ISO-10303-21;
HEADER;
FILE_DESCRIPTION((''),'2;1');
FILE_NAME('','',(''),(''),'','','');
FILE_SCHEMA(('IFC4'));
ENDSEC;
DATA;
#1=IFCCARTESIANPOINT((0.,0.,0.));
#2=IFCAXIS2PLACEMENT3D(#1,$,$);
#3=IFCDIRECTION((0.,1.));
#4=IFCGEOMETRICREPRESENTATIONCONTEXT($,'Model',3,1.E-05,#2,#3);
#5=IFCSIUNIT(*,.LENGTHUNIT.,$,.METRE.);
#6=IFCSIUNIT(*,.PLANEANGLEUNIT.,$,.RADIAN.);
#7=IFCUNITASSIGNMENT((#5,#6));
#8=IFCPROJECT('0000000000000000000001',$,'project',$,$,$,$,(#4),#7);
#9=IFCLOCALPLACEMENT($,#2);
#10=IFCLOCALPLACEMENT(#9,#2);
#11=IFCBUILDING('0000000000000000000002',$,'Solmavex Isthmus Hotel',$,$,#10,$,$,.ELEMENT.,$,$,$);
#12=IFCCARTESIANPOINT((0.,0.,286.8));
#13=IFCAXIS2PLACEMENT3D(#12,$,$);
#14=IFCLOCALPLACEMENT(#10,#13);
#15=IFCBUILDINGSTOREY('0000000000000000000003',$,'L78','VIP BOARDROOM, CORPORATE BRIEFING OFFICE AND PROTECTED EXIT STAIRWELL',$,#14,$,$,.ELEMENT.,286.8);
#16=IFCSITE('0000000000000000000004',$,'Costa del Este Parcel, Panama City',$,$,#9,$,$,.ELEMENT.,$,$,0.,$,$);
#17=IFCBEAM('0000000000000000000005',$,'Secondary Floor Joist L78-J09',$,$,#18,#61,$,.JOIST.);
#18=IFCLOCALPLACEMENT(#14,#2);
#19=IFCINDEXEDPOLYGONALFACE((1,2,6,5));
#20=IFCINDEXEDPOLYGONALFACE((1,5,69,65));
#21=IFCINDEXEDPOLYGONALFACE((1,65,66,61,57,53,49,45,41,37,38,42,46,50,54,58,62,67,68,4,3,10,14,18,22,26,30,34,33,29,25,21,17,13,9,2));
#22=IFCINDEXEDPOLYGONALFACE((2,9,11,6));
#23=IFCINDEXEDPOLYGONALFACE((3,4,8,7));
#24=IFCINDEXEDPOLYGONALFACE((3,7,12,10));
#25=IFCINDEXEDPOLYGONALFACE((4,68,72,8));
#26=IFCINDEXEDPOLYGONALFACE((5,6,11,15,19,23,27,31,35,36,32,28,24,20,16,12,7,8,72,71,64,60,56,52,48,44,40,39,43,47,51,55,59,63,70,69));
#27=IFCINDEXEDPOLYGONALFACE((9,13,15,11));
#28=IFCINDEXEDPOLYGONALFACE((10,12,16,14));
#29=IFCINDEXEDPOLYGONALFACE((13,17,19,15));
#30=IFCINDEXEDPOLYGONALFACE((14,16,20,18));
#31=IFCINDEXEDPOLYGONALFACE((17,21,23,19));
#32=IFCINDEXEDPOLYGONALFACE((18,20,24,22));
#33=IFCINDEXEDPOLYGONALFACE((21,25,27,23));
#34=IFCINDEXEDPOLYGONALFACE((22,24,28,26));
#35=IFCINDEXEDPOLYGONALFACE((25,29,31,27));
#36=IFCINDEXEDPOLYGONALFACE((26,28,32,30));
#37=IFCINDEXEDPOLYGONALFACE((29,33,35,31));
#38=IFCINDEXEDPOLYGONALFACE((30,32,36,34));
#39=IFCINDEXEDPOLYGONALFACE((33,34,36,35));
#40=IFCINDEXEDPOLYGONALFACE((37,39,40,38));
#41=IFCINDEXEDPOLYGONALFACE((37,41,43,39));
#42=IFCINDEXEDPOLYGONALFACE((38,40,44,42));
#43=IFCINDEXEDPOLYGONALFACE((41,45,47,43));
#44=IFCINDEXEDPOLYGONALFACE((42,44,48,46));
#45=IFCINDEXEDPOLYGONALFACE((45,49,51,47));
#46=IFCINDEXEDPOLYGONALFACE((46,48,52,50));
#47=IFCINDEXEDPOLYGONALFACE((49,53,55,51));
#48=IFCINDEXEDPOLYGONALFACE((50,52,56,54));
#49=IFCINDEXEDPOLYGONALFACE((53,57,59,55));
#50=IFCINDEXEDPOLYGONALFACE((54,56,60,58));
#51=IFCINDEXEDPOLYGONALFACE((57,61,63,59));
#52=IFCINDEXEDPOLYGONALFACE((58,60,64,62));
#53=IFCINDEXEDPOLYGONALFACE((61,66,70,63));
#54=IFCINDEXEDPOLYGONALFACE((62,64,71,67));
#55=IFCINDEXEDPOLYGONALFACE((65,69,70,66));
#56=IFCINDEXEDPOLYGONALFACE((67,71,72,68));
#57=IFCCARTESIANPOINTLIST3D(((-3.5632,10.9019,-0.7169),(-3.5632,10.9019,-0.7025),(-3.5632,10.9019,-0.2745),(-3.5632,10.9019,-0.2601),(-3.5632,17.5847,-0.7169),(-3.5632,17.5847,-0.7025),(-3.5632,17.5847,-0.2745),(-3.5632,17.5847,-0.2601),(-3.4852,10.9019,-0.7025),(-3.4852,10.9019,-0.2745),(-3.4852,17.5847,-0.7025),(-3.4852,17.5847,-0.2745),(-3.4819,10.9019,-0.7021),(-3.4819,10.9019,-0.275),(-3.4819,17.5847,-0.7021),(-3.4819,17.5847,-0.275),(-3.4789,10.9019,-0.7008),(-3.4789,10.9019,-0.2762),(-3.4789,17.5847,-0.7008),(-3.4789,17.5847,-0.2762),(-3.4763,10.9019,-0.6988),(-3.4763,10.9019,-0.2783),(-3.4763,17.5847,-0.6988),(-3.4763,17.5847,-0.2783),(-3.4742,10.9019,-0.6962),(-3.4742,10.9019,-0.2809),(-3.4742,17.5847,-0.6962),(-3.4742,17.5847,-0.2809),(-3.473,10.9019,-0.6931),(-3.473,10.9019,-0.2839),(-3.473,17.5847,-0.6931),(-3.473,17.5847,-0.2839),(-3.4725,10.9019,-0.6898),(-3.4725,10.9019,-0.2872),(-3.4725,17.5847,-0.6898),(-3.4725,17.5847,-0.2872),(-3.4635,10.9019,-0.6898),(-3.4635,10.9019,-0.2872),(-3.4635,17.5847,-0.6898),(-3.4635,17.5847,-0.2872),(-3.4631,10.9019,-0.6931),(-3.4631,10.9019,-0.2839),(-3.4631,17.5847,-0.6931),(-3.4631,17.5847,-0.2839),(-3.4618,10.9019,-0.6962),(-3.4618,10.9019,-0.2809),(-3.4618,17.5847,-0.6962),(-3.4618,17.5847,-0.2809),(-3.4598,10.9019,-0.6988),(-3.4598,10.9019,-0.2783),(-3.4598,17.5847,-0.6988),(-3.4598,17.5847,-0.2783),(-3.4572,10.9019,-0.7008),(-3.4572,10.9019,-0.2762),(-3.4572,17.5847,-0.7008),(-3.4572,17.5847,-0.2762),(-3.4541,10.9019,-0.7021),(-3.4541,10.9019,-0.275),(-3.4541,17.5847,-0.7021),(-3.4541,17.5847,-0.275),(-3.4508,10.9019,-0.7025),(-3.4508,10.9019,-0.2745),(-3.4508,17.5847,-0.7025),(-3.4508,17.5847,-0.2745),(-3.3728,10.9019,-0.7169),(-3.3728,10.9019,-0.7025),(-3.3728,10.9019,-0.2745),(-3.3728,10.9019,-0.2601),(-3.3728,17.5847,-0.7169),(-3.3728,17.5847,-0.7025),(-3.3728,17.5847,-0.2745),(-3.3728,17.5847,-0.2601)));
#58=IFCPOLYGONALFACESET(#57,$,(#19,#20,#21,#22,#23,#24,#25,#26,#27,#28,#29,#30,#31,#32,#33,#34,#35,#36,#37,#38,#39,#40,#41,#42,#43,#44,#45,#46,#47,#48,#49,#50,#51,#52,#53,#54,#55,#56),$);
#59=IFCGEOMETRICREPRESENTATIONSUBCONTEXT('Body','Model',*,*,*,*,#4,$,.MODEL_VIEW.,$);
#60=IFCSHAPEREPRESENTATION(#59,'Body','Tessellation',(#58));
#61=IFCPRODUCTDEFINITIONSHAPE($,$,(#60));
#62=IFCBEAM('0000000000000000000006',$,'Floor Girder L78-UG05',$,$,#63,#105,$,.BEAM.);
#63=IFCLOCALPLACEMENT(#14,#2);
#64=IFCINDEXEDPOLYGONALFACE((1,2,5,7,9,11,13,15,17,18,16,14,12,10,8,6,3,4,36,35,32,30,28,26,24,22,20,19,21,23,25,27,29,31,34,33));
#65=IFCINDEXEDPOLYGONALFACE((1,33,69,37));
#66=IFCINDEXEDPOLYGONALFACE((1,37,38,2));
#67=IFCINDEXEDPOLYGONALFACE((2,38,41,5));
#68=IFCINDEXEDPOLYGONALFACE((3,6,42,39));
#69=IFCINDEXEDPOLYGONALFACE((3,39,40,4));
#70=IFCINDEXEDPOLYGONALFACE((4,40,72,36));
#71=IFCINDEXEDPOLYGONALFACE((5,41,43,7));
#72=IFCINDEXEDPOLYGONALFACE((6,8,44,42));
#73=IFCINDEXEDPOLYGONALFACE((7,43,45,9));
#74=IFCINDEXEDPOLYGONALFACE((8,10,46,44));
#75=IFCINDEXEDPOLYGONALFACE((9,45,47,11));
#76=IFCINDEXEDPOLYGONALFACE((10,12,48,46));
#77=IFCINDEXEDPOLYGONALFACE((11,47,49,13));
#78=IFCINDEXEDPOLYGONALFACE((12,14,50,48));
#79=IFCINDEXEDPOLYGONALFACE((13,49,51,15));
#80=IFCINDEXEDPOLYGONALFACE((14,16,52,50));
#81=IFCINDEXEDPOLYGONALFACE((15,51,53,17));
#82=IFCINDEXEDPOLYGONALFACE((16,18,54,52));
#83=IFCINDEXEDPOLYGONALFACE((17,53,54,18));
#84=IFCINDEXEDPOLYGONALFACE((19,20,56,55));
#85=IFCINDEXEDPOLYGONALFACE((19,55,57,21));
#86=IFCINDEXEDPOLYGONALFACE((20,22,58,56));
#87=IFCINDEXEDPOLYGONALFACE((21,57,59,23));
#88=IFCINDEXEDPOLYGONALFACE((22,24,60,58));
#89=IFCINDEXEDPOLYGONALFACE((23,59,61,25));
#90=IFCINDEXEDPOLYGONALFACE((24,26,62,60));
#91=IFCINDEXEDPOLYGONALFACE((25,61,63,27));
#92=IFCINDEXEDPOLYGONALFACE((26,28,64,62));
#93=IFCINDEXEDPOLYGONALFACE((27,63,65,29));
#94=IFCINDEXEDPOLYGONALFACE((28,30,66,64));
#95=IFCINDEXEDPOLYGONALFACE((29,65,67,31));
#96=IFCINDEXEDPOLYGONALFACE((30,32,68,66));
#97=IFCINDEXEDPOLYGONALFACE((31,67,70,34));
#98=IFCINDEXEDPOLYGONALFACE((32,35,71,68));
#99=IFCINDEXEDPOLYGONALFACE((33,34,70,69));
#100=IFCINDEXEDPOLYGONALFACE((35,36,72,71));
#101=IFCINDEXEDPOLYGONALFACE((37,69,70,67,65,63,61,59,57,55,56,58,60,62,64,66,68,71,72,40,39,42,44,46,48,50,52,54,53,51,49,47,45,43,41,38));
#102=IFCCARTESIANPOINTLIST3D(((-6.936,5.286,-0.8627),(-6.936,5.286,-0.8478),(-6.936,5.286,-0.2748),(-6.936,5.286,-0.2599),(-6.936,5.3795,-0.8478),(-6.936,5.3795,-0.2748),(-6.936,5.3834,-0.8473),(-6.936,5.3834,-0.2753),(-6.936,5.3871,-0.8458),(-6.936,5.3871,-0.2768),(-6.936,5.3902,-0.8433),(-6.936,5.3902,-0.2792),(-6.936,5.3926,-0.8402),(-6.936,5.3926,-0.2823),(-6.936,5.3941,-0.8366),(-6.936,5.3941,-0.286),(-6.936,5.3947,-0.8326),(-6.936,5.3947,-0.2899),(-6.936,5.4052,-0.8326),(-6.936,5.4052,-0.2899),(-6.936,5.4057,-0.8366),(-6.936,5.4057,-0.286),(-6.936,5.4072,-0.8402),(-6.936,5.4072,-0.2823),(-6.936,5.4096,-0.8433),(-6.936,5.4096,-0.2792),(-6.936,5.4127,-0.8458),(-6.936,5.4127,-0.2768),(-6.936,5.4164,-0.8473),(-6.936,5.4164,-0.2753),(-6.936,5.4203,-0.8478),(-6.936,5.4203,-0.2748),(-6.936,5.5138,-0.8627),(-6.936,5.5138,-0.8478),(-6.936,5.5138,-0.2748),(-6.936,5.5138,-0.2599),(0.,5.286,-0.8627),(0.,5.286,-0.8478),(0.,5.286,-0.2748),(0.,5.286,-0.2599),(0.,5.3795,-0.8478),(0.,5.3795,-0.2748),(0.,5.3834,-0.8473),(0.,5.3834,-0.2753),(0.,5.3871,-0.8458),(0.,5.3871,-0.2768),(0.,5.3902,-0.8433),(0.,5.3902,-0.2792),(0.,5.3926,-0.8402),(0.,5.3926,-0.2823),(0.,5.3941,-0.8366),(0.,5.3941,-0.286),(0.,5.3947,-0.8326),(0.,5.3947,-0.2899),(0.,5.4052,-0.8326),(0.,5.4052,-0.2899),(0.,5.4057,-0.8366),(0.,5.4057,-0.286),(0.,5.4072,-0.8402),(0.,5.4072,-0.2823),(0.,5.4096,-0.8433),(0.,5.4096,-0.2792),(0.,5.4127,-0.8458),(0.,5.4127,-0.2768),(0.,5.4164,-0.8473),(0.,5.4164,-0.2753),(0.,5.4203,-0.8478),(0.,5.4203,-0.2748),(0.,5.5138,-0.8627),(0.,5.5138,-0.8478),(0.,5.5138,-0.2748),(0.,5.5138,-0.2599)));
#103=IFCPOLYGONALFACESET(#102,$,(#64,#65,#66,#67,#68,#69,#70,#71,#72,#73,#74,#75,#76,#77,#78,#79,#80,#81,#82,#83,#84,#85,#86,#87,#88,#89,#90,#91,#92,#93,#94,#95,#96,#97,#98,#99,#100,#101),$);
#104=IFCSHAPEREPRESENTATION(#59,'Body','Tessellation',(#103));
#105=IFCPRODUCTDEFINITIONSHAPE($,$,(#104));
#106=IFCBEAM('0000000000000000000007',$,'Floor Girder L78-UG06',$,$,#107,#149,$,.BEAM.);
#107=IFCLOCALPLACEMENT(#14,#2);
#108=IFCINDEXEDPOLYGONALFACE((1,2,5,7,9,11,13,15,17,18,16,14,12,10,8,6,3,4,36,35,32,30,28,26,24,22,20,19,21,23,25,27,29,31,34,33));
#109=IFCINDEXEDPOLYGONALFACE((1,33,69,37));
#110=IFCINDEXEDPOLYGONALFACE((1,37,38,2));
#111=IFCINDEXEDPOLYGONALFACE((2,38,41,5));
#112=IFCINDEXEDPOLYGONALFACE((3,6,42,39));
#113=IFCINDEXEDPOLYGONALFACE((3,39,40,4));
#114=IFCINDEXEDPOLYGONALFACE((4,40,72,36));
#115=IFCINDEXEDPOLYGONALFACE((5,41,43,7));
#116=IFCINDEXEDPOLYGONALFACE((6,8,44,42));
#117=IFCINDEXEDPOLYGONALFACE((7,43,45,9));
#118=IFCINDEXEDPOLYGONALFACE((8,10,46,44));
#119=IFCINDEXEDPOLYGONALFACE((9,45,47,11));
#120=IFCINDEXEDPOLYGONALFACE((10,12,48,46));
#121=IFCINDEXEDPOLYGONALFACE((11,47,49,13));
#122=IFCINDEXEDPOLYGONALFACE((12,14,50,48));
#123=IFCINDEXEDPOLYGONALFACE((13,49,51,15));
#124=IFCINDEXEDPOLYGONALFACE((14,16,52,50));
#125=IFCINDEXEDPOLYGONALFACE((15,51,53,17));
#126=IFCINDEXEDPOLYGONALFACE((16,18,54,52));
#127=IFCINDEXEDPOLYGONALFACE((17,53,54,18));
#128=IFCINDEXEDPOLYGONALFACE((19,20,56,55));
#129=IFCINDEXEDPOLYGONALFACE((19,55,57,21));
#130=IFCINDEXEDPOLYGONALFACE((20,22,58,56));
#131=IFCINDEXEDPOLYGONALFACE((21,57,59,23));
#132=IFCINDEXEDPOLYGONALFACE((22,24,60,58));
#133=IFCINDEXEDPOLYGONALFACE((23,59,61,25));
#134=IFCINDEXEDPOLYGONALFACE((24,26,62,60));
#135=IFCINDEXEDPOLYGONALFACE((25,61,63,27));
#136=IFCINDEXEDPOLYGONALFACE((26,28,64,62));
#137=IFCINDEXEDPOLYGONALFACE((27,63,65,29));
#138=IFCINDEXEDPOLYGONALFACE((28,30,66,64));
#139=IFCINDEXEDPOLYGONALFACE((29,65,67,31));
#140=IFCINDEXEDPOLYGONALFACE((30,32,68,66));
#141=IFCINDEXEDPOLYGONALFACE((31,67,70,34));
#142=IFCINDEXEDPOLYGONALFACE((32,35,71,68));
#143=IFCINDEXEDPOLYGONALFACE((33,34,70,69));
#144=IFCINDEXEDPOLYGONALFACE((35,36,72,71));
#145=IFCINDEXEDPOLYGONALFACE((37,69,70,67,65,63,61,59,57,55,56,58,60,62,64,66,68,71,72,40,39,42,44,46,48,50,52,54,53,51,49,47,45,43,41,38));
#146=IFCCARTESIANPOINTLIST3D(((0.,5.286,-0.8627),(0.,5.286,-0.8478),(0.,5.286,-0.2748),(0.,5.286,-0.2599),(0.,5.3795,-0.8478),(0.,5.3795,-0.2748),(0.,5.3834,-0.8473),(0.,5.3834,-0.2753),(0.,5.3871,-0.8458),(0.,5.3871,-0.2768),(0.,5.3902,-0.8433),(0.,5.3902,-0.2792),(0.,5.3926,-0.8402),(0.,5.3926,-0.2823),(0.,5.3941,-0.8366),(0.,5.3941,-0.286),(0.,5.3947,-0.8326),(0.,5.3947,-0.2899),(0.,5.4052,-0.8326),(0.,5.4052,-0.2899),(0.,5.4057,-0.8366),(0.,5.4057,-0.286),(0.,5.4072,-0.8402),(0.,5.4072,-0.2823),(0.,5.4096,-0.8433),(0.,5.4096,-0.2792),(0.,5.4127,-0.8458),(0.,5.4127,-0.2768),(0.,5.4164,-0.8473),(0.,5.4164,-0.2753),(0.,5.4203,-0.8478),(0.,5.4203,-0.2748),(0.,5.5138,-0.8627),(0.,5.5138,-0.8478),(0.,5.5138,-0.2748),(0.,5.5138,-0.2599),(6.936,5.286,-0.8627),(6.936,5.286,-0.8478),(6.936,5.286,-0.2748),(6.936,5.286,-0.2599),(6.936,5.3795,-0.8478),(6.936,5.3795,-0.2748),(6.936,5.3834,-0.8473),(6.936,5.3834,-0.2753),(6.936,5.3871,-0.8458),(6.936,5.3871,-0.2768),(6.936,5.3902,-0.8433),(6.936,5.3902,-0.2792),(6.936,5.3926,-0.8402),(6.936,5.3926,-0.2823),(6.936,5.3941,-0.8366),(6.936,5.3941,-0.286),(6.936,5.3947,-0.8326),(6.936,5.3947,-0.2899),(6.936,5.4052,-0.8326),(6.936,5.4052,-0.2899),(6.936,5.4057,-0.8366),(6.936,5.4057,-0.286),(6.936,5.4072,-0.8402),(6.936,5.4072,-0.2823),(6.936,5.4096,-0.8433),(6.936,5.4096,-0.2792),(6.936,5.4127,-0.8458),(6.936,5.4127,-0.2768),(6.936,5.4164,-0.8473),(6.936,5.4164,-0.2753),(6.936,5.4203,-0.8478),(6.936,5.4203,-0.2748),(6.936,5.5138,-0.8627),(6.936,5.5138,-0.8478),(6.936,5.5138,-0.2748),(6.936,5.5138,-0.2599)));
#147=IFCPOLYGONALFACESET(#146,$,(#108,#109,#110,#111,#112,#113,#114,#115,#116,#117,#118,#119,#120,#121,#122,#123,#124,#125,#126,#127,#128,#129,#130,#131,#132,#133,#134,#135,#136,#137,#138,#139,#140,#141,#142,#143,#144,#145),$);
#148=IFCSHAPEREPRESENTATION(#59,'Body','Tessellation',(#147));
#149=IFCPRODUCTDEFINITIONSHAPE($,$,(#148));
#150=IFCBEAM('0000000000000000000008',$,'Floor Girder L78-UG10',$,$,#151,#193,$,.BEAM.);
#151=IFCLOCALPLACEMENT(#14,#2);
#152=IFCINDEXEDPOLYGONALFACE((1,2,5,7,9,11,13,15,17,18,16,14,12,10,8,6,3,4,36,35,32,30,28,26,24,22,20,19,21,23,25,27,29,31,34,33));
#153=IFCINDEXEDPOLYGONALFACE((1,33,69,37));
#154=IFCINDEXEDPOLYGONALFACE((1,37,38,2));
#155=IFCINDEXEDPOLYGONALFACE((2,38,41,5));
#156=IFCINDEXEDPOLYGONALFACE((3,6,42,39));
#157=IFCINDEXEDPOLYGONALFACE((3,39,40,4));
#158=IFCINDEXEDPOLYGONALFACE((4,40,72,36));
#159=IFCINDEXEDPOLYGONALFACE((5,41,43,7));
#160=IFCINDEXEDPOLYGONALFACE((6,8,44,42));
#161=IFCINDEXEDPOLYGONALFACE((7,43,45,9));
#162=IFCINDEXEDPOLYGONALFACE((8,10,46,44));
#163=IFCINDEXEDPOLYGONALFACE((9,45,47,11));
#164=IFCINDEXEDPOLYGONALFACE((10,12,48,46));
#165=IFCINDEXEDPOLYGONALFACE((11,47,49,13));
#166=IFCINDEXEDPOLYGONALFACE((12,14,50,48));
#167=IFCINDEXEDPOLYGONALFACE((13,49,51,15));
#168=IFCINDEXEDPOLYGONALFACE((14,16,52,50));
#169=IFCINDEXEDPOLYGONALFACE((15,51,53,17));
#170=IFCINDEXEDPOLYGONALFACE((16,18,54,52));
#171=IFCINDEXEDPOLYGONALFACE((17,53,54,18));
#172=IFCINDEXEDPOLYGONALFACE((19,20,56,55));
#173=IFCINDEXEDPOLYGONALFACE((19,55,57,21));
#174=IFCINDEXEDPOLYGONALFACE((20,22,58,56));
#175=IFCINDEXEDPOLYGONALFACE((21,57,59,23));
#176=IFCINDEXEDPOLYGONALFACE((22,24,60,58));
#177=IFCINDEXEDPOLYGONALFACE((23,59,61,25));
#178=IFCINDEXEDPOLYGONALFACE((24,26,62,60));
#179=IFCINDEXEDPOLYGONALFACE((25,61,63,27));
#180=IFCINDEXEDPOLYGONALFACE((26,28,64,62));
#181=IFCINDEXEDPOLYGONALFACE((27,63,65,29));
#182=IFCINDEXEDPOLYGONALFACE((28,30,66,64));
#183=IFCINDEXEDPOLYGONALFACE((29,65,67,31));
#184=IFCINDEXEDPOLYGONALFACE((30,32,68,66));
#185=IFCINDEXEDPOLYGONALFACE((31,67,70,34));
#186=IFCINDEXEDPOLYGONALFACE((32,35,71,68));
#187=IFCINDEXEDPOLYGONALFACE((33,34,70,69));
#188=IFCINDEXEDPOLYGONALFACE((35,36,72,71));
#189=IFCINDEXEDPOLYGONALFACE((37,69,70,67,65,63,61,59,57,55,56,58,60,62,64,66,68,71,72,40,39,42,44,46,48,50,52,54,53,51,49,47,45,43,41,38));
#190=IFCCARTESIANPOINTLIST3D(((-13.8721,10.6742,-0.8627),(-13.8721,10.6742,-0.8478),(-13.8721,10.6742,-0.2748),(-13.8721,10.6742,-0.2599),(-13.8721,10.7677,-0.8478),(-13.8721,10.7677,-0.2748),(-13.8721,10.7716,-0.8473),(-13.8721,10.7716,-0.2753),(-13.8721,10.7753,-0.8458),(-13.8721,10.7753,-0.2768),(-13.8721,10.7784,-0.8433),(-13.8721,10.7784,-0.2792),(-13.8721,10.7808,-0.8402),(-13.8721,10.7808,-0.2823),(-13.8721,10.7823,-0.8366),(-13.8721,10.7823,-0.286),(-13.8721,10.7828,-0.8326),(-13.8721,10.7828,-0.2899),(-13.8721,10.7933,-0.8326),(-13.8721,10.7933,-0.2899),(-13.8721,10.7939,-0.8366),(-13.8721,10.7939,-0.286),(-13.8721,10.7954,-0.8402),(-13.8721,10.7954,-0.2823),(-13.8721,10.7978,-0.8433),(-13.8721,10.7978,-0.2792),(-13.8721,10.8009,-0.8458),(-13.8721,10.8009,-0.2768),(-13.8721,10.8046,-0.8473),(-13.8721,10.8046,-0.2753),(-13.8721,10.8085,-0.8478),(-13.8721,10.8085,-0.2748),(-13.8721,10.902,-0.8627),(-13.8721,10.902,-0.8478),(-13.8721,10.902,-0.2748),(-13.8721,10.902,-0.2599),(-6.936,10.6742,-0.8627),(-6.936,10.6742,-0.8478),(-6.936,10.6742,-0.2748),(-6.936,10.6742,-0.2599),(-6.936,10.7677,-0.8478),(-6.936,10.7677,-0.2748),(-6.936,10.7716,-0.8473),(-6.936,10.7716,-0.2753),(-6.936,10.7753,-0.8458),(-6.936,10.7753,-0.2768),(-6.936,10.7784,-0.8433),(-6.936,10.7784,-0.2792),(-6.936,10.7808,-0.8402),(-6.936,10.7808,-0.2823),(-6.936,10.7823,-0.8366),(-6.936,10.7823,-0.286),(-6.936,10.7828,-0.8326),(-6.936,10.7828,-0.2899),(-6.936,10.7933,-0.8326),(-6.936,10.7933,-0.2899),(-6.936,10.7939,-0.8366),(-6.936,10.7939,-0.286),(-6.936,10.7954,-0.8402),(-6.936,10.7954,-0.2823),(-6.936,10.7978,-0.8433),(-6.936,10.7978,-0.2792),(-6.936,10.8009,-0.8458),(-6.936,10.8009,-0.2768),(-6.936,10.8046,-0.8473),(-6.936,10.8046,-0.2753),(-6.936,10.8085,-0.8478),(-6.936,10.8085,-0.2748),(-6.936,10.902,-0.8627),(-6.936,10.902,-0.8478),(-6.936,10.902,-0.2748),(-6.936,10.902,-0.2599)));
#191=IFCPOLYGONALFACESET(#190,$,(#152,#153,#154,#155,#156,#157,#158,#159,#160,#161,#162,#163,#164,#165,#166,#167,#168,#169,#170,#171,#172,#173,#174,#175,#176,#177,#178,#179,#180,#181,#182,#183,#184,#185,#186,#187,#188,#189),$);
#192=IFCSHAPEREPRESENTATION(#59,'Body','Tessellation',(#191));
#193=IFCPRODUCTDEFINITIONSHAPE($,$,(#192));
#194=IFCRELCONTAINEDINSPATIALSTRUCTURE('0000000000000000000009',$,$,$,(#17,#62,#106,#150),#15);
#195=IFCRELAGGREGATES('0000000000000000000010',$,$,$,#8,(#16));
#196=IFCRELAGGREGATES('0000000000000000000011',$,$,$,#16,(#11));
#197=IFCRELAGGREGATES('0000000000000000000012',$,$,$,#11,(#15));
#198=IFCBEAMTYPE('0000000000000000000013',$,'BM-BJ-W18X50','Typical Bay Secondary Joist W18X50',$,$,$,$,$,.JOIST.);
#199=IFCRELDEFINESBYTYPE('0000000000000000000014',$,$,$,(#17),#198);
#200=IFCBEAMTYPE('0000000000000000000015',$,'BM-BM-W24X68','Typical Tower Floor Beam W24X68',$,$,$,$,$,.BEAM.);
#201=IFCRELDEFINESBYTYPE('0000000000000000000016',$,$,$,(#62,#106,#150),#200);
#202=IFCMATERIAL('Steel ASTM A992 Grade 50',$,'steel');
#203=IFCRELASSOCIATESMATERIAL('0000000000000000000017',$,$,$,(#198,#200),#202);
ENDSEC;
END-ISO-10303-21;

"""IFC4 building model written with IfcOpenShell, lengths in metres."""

from ifc_helpers import new_model, si_unit, direction, frame, origin, origin_2d, place, context, subcontext, project, spatial, i_section, extrude, material, material_profile, profile_set, type_object, element, save


model = new_model("IFC4")

# Units and contexts
model_context = context("Model", 3, precision=1e-05, world=origin(), true_north=direction((0.0, 1.0)))
body_context = subcontext(model_context, "Body", "Model", "MODEL_VIEW")
ifc_project = project(units=[si_unit("LENGTHUNIT", "METRE"), si_unit("PLANEANGLEUNIT", "RADIAN")], contexts=[model_context])

# Site, building, storey
site_placement = place(None, origin())
site = spatial("IfcSite", under=ifc_project, at=site_placement, Name="Costa del Este Parcel, Panama City", CompositionType="ELEMENT", RefElevation=0.0)
building_placement = place(site_placement, origin())
building = spatial("IfcBuilding", under=site, at=building_placement, Name="Solmavex Isthmus Hotel", CompositionType="ELEMENT")
storey_placement = place(building_placement, frame((0.0, 0.0, 286.8)))
storey = spatial("IfcBuildingStorey", under=building, at=storey_placement, Name="L78", Description="VIP BOARDROOM, CORPORATE BRIEFING OFFICE AND PROTECTED EXIT STAIRWELL", CompositionType="ELEMENT", Elevation=286.8)

# Beams
ifc_material_1 = material(Name="Steel ASTM A992 Grade 50", Category="steel")
ifc_material_profile_1 = material_profile(ifc_material_1, i_section(OverallWidth=0.1904, OverallDepth=0.4568, WebThickness=0.009, FlangeThickness=0.0144, FilletRadius=0.0127, at=origin_2d()), Name="W18X50")
ifc_profile_set_1 = profile_set([ifc_material_profile_1], Name="Steel ASTM A992 Grade 50")
beam_type_1 = type_object("IfcBeamType", Name="BM-BJ-W18X50", Description="Typical Bay Secondary Joist W18X50", PredefinedType="JOIST", material=ifc_profile_set_1)
beam_1_placement = place(storey_placement, frame((-3.468, 10.9019, -0.4885), z_axis=(0.0, 1.0, 0.0), x_axis=(-1.0, 0.0, 0.0)))
element("IfcBeam", 1, at=beam_1_placement, inside=storey, type_object=beam_type_1, Name="Secondary Floor Joist L78-J09", PredefinedType="JOIST", context=body_context, shape_type="SweptSolid", body=[
    extrude(i_section(OverallWidth=0.1904, OverallDepth=0.4568, WebThickness=0.009, FlangeThickness=0.0144, FilletRadius=0.0127, at=origin_2d()), origin(), (0.0, 0.0, 1.0), 6.6829),
])
ifc_material_profile_2 = material_profile(ifc_material_1, i_section(OverallWidth=0.2278, OverallDepth=0.6028, WebThickness=0.0105, FlangeThickness=0.0149, FilletRadius=0.0151, at=origin_2d()), Name="W24X68")
ifc_profile_set_2 = profile_set([ifc_material_profile_2], Name="Steel ASTM A992 Grade 50")
beam_type_2 = type_object("IfcBeamType", Name="BM-BM-W24X68", Description="Typical Tower Floor Beam W24X68", PredefinedType="BEAM", material=ifc_profile_set_2)
for number, where, z_axis, x_axis, name in (
    (2, (-6.936, 5.3999, -0.5613), (1.0, 0.0, 0.0), (0.0, 1.0, 0.0), "Floor Girder L78-UG05"),
    (3, (0.0, 5.3999, -0.5613), (1.0, 0.0, 0.0), (0.0, 1.0, 0.0), "Floor Girder L78-UG06"),
    (4, (-13.8721, 10.7881, -0.5613), (1.0, 0.0, 0.0), (0.0, 1.0, 0.0), "Floor Girder L78-UG10"),
):
    element("IfcBeam", number, at=place(storey_placement, frame(where, z_axis=z_axis, x_axis=x_axis)), inside=storey, type_object=beam_type_2, Name=name, PredefinedType="BEAM", context=body_context, shape_type="SweptSolid", body=[
        extrude(i_section(OverallWidth=0.2278, OverallDepth=0.6028, WebThickness=0.0105, FlangeThickness=0.0149, FilletRadius=0.0151, at=origin_2d()), origin(), (0.0, 0.0, 1.0), 6.936),
    ])

save(model, "model.ifc")
